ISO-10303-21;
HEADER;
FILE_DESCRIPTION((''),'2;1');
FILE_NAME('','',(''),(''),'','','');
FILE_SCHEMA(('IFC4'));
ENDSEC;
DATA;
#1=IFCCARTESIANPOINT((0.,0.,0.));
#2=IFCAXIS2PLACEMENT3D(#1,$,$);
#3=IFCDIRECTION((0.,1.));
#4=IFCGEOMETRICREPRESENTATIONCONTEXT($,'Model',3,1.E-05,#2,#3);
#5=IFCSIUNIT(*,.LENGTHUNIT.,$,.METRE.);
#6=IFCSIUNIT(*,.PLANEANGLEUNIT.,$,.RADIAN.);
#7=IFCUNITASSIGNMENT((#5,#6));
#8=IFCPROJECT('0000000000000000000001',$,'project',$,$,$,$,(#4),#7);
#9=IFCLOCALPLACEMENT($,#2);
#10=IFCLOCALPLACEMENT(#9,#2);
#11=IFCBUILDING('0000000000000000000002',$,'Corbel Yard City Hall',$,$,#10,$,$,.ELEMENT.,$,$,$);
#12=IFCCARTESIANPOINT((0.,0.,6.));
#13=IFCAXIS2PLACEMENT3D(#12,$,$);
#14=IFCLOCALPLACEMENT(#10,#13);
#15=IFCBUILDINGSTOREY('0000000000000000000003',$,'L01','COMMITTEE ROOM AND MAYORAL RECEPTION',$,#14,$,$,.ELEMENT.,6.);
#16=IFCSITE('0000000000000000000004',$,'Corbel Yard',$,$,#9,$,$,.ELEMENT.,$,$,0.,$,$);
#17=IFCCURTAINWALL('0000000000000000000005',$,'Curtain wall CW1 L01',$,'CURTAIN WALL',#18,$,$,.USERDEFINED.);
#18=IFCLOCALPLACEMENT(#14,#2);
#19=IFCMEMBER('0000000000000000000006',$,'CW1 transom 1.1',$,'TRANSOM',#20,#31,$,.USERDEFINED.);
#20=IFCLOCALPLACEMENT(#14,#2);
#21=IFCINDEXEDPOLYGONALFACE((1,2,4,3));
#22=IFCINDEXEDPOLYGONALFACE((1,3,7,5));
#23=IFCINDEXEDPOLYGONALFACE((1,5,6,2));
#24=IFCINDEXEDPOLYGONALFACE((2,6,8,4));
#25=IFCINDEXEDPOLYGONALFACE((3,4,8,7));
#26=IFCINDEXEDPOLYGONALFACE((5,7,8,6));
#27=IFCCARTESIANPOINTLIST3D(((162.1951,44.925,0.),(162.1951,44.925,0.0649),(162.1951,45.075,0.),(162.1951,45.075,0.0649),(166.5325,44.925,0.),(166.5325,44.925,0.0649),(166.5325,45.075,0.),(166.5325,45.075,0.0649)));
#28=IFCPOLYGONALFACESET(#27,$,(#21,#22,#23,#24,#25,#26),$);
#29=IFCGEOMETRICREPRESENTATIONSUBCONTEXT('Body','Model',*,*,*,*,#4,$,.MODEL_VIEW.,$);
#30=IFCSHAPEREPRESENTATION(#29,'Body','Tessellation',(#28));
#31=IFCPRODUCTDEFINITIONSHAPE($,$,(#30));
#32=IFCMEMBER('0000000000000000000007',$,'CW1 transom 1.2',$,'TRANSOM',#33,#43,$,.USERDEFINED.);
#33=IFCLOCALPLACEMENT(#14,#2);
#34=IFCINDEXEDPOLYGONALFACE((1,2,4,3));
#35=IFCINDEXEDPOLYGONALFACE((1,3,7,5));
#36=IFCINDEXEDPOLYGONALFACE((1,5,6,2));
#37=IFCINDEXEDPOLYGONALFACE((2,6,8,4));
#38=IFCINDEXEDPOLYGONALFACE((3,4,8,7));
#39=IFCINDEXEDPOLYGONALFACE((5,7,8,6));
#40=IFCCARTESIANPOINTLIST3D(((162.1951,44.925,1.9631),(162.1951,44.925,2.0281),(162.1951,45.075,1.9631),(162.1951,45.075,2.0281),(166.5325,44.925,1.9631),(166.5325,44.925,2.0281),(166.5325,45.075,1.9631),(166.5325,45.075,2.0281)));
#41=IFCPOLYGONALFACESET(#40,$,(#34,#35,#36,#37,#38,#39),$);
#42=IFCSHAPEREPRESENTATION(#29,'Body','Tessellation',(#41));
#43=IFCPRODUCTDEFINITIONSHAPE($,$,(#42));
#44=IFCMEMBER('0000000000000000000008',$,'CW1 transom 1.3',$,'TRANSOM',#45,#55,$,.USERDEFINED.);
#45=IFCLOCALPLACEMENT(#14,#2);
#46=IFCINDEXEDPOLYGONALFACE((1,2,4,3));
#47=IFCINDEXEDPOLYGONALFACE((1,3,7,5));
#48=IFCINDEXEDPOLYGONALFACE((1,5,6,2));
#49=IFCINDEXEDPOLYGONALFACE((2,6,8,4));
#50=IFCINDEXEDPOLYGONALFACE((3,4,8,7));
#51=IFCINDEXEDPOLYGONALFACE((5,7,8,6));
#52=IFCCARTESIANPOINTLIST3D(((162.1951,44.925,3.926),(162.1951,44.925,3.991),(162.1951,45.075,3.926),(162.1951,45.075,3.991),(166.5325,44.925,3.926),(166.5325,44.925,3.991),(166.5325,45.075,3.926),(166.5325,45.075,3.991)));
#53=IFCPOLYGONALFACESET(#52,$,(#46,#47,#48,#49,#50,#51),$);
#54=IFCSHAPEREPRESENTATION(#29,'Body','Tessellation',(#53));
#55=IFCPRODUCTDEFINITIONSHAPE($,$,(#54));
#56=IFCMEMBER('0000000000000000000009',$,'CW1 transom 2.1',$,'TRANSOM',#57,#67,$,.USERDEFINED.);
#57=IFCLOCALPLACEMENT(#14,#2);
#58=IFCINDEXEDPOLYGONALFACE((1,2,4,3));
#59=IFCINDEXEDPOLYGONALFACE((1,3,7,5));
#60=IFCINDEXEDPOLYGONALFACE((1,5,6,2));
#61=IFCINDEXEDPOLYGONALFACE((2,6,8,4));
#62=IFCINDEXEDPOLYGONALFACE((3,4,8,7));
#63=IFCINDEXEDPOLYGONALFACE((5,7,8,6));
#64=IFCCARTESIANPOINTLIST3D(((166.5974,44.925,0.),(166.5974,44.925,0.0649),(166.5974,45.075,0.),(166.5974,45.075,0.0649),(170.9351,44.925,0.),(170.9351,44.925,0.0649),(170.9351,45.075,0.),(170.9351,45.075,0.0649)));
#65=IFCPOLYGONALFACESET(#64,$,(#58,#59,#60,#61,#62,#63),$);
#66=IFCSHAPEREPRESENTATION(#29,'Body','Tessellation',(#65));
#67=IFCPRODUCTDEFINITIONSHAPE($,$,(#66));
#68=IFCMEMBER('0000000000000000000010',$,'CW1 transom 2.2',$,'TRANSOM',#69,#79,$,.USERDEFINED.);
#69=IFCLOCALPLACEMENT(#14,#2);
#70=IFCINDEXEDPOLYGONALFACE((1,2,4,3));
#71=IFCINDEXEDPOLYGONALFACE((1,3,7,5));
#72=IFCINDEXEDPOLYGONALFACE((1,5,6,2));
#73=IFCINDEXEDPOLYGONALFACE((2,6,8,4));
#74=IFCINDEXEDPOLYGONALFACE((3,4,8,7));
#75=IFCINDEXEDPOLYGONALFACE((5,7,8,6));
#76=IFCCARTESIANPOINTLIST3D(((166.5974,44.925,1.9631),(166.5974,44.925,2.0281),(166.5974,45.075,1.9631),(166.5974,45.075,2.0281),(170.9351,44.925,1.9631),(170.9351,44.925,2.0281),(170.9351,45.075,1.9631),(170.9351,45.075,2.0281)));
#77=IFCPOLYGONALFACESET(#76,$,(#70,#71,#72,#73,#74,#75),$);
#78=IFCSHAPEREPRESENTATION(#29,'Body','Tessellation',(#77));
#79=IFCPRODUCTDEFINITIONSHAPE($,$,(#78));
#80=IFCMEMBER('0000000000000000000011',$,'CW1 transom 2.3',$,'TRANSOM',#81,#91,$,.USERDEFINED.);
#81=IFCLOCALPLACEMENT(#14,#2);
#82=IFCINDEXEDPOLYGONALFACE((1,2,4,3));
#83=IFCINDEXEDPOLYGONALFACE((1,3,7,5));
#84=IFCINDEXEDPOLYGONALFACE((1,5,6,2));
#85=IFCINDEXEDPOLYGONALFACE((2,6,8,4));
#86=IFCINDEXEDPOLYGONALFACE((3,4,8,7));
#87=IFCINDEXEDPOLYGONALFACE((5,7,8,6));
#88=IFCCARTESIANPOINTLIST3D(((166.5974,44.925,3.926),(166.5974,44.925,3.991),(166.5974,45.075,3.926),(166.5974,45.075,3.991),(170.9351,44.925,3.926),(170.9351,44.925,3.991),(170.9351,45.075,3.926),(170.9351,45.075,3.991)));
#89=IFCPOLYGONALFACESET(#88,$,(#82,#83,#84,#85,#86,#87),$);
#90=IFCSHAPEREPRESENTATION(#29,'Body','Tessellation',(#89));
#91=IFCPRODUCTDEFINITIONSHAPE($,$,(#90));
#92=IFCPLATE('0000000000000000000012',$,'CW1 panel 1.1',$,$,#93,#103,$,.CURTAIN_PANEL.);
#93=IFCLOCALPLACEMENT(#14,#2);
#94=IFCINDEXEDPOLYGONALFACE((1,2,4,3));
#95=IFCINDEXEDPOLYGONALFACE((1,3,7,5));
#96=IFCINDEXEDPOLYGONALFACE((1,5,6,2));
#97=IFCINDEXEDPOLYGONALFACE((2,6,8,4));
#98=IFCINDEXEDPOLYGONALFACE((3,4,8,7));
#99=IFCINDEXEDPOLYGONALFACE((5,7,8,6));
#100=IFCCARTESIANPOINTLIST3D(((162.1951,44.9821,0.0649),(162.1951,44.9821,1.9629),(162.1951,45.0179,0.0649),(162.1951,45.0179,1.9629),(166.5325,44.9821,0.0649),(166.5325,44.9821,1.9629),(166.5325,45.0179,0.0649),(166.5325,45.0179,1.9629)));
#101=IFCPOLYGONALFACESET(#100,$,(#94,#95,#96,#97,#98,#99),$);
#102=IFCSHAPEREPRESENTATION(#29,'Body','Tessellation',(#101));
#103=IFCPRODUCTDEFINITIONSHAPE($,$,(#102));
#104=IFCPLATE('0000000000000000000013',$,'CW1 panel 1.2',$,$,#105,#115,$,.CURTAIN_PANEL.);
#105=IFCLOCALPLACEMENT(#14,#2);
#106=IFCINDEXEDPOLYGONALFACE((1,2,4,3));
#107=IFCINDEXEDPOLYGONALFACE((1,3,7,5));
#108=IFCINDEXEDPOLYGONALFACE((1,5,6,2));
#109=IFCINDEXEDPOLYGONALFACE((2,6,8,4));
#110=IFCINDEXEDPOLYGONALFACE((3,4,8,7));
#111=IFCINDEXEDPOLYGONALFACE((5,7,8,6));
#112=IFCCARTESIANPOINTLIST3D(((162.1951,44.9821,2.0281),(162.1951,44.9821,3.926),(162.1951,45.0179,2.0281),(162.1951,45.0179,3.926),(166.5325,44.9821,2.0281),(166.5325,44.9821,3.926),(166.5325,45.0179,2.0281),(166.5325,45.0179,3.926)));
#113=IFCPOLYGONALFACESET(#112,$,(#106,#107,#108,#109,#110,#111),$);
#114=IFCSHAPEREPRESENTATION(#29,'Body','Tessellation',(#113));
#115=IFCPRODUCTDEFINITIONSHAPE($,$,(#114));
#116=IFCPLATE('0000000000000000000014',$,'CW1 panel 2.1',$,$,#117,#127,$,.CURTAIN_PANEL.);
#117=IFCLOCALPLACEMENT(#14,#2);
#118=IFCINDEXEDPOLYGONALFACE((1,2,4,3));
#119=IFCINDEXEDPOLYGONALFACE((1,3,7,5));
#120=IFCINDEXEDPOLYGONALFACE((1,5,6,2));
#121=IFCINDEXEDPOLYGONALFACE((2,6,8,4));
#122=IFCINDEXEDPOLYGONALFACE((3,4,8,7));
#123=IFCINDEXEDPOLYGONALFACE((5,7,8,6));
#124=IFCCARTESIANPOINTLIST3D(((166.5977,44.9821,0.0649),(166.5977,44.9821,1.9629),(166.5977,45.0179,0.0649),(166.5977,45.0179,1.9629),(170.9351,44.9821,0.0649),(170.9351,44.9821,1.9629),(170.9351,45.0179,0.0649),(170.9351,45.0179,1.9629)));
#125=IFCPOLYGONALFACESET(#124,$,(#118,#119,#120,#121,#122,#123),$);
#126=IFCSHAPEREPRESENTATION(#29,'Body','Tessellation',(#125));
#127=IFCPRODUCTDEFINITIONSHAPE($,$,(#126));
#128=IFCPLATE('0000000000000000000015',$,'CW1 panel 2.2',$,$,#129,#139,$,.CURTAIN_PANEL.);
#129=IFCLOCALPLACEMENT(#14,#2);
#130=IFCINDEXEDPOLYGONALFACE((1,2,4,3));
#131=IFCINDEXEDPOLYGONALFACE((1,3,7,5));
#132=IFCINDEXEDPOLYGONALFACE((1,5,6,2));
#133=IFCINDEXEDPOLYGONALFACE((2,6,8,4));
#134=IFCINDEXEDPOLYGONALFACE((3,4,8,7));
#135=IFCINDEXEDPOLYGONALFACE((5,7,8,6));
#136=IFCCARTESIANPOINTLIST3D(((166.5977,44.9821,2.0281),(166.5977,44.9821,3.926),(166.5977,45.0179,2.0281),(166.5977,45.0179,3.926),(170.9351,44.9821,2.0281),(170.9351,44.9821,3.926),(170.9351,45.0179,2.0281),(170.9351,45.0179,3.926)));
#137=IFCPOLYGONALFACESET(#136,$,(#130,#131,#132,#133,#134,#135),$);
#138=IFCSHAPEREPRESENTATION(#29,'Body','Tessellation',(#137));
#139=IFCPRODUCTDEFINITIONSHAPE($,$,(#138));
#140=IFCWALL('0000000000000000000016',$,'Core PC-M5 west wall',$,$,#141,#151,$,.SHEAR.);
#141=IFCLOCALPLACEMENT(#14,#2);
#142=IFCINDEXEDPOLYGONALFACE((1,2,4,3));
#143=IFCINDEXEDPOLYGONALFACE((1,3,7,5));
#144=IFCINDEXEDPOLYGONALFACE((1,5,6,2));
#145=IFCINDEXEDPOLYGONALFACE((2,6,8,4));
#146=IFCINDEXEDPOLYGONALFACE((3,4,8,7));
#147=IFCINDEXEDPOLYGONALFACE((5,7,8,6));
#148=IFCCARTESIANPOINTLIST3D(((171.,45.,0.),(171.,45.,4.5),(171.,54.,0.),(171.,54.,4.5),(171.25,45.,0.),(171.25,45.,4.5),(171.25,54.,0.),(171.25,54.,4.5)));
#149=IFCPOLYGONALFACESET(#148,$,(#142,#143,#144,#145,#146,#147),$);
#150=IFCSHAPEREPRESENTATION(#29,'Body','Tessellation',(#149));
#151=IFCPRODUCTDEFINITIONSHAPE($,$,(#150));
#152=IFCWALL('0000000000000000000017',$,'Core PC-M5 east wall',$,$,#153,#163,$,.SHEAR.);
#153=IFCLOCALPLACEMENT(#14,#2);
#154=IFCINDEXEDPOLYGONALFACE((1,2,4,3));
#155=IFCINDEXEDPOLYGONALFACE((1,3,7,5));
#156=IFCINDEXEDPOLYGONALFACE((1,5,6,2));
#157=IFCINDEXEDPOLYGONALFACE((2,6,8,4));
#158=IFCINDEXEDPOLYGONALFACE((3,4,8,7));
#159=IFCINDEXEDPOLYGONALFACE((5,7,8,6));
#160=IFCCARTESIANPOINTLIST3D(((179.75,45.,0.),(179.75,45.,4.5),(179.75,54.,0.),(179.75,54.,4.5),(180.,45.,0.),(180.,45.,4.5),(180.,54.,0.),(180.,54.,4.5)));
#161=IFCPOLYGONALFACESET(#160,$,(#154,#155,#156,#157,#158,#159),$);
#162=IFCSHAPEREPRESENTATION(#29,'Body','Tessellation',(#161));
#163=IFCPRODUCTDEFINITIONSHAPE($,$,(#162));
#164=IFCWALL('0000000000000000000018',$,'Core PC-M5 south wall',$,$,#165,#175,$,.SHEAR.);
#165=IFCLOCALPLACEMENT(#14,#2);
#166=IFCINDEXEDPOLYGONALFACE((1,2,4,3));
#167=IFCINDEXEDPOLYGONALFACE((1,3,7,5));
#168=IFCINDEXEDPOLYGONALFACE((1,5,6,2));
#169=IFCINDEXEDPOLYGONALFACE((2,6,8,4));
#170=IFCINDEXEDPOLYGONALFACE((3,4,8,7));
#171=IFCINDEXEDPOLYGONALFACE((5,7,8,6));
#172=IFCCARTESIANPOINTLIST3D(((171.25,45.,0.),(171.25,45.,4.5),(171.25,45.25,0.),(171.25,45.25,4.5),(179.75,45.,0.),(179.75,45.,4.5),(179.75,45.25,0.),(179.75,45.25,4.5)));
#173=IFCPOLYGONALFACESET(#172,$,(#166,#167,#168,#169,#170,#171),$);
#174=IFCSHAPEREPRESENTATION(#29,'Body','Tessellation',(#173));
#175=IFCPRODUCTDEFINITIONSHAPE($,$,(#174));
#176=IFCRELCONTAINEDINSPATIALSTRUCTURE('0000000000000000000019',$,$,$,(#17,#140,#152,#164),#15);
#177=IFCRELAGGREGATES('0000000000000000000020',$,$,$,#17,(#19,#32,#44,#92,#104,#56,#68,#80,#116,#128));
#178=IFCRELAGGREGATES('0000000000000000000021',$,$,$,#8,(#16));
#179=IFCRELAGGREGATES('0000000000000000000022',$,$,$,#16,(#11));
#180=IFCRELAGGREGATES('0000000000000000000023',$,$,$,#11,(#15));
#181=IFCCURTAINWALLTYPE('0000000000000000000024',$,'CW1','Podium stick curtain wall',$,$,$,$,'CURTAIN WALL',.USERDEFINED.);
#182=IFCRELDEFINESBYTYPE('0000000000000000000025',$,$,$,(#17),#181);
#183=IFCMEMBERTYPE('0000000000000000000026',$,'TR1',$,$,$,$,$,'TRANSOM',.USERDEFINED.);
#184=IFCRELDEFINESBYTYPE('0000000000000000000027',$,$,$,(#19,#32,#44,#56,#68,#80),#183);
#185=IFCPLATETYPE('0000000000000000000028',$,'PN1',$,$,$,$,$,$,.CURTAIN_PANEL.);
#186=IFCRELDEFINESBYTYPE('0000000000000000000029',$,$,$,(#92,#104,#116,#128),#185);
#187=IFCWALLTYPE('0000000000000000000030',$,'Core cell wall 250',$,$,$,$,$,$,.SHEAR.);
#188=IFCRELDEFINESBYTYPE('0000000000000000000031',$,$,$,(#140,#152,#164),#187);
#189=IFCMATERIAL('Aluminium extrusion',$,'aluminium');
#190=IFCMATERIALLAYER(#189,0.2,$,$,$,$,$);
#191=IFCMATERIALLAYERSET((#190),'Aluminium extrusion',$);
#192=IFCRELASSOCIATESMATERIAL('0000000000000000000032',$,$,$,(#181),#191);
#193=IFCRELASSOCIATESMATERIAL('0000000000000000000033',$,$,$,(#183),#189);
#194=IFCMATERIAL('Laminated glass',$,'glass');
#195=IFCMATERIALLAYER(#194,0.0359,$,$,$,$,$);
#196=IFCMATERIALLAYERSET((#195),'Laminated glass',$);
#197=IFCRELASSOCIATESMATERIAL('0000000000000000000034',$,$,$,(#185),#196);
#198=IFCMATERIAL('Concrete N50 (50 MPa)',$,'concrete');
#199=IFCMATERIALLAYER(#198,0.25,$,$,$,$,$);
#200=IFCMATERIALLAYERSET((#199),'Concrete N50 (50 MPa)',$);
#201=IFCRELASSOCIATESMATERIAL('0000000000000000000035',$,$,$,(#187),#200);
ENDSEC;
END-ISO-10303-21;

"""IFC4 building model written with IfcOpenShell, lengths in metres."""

from ifc_helpers import new_model, si_unit, direction, frame, frame_2d, origin, origin_2d, place, context, subcontext, project, spatial, rectangle, extrude, material, layer, layer_set, material_profile, profile_set, type_object, element, aggregate, save


model = new_model("IFC4")

# Units and contexts
model_context = context("Model", 3, precision=1e-05, world=origin(), true_north=direction((0.0, 1.0)))
body_context = subcontext(model_context, "Body", "Model", "MODEL_VIEW")
ifc_project = project(units=[si_unit("LENGTHUNIT", "METRE"), si_unit("PLANEANGLEUNIT", "RADIAN")], contexts=[model_context])

# Site, building, storey
site_placement = place(None, origin())
site = spatial("IfcSite", under=ifc_project, at=site_placement, Name="Corbel Yard", CompositionType="ELEMENT", RefElevation=0.0)
building_placement = place(site_placement, origin())
building = spatial("IfcBuilding", under=site, at=building_placement, Name="Corbel Yard City Hall", CompositionType="ELEMENT")
storey_placement = place(building_placement, frame((0.0, 0.0, 6.0)))
storey = spatial("IfcBuildingStorey", under=building, at=storey_placement, Name="L01", Description="COMMITTEE ROOM AND MAYORAL RECEPTION", CompositionType="ELEMENT", Elevation=6.0)

# Curtain wall
ifc_material_1 = material(Name="Aluminium extrusion", Category="aluminium")
ifc_layer_1 = layer(ifc_material_1, 0.2)
ifc_layer_set_1 = layer_set([ifc_layer_1], Name="Aluminium extrusion")
curtain_wall_type = type_object("IfcCurtainWallType", Name="CW1", Description="Podium stick curtain wall", ElementType="CURTAIN WALL", PredefinedType="USERDEFINED", material=ifc_layer_set_1)
curtain_wall_placement = place(storey_placement, origin())
curtain_wall = element("IfcCurtainWall", 1, at=curtain_wall_placement, inside=storey, type_object=curtain_wall_type, Name="Curtain wall CW1 L01", ObjectType="CURTAIN WALL", PredefinedType="USERDEFINED")

# Members
ifc_material_profile_1 = material_profile(ifc_material_1, rectangle(XDim=0.1499, YDim=0.0649, at=origin_2d()), Name="150x65")
ifc_profile_set_1 = profile_set([ifc_material_profile_1], Name="Aluminium extrusion")
member_type_1 = type_object("IfcMemberType", Name="TR1", ElementType="TRANSOM", PredefinedType="USERDEFINED", material=ifc_profile_set_1)
member_1_placement = place(storey_placement, frame((162.1951, 45.0, 0.0325), z_axis=(1.0, 0.0, 0.0), x_axis=(0.0, 1.0, 0.0)))
member_1 = element("IfcMember", 2, at=member_1_placement, type_object=member_type_1, Name="CW1 transom 1.1", ObjectType="TRANSOM", PredefinedType="USERDEFINED", context=body_context, shape_type="SweptSolid", body=[
    extrude(rectangle(XDim=0.1499, YDim=0.0649, at=origin_2d()), origin(), (0.0, 0.0, 1.0), 4.3374),
])
member_2_placement = place(storey_placement, frame((162.1951, 45.0, 1.9956), z_axis=(1.0, 0.0, 0.0), x_axis=(0.0, 1.0, 0.0)))
member_2 = element("IfcMember", 3, at=member_2_placement, type_object=member_type_1, Name="CW1 transom 1.2", ObjectType="TRANSOM", PredefinedType="USERDEFINED", context=body_context, shape_type="SweptSolid", body=[
    extrude(rectangle(XDim=0.1499, YDim=0.0649, at=origin_2d()), origin(), (0.0, 0.0, 1.0), 4.3374),
])
member_3_placement = place(storey_placement, frame((162.1951, 45.0, 3.9585), z_axis=(1.0, 0.0, 0.0), x_axis=(0.0, 1.0, 0.0)))
member_3 = element("IfcMember", 4, at=member_3_placement, type_object=member_type_1, Name="CW1 transom 1.3", ObjectType="TRANSOM", PredefinedType="USERDEFINED", context=body_context, shape_type="SweptSolid", body=[
    extrude(rectangle(XDim=0.1499, YDim=0.0649, at=origin_2d()), origin(), (0.0, 0.0, 1.0), 4.3374),
])
member_4_placement = place(storey_placement, frame((166.5974, 45.0, 0.0325), z_axis=(1.0, 0.0, 0.0), x_axis=(0.0, 1.0, 0.0)))
member_4 = element("IfcMember", 5, at=member_4_placement, type_object=member_type_1, Name="CW1 transom 2.1", ObjectType="TRANSOM", PredefinedType="USERDEFINED", context=body_context, shape_type="SweptSolid", body=[
    extrude(rectangle(XDim=0.1499, YDim=0.0649, at=origin_2d()), origin(), (0.0, 0.0, 1.0), 4.3376),
])
member_5_placement = place(storey_placement, frame((166.5974, 45.0, 1.9956), z_axis=(1.0, 0.0, 0.0), x_axis=(0.0, 1.0, 0.0)))
member_5 = element("IfcMember", 6, at=member_5_placement, type_object=member_type_1, Name="CW1 transom 2.2", ObjectType="TRANSOM", PredefinedType="USERDEFINED", context=body_context, shape_type="SweptSolid", body=[
    extrude(rectangle(XDim=0.1499, YDim=0.0649, at=origin_2d()), origin(), (0.0, 0.0, 1.0), 4.3376),
])
member_6_placement = place(storey_placement, frame((166.5974, 45.0, 3.9585), z_axis=(1.0, 0.0, 0.0), x_axis=(0.0, 1.0, 0.0)))
member_6 = element("IfcMember", 7, at=member_6_placement, type_object=member_type_1, Name="CW1 transom 2.3", ObjectType="TRANSOM", PredefinedType="USERDEFINED", context=body_context, shape_type="SweptSolid", body=[
    extrude(rectangle(XDim=0.1499, YDim=0.0649, at=origin_2d()), origin(), (0.0, 0.0, 1.0), 4.3376),
])

# Plates
ifc_material_2 = material(Name="Laminated glass", Category="glass")
ifc_layer_2 = layer(ifc_material_2, 0.0359)
ifc_layer_set_2 = layer_set([ifc_layer_2], Name="Laminated glass")
plate_type = type_object("IfcPlateType", Name="PN1", PredefinedType="CURTAIN_PANEL", material=ifc_layer_set_2)
plate_1_placement = place(storey_placement, frame((164.3638, 45.0, 0.0649), z_axis=(0.0, 0.0, 1.0), x_axis=(1.0, 0.0, 0.0)))
plate_1 = element("IfcPlate", 8, at=plate_1_placement, type_object=plate_type, Name="CW1 panel 1.1", PredefinedType="CURTAIN_PANEL", context=body_context, shape_type="SweptSolid", body=[
    extrude(rectangle(XDim=4.3374, YDim=0.0359, at=origin_2d()), origin(), (0.0, 0.0, 1.0), 1.8979),
])
plate_2_placement = place(storey_placement, frame((164.3638, 45.0, 2.0281), z_axis=(0.0, 0.0, 1.0), x_axis=(1.0, 0.0, 0.0)))
plate_2 = element("IfcPlate", 9, at=plate_2_placement, type_object=plate_type, Name="CW1 panel 1.2", PredefinedType="CURTAIN_PANEL", context=body_context, shape_type="SweptSolid", body=[
    extrude(rectangle(XDim=4.3374, YDim=0.0359, at=origin_2d()), origin(), (0.0, 0.0, 1.0), 1.8979),
])
plate_3_placement = place(storey_placement, frame((168.7664, 45.0, 0.0649), z_axis=(0.0, 0.0, 1.0), x_axis=(1.0, 0.0, 0.0)))
plate_3 = element("IfcPlate", 10, at=plate_3_placement, type_object=plate_type, Name="CW1 panel 2.1", PredefinedType="CURTAIN_PANEL", context=body_context, shape_type="SweptSolid", body=[
    extrude(rectangle(XDim=4.3374, YDim=0.0359, at=origin_2d()), origin(), (0.0, 0.0, 1.0), 1.8979),
])
plate_4_placement = place(storey_placement, frame((168.7664, 45.0, 2.0281), z_axis=(0.0, 0.0, 1.0), x_axis=(1.0, 0.0, 0.0)))
plate_4 = element("IfcPlate", 11, at=plate_4_placement, type_object=plate_type, Name="CW1 panel 2.2", PredefinedType="CURTAIN_PANEL", context=body_context, shape_type="SweptSolid", body=[
    extrude(rectangle(XDim=4.3374, YDim=0.0359, at=origin_2d()), origin(), (0.0, 0.0, 1.0), 1.8979),
])
aggregate(curtain_wall, [member_1, member_2, member_3, plate_1, plate_2, member_4, member_5, member_6, plate_3, plate_4])

# Walls
ifc_material_3 = material(Name="Concrete N50 (50 MPa)", Category="concrete")
ifc_layer_3 = layer(ifc_material_3, 0.25)
ifc_layer_set_3 = layer_set([ifc_layer_3], Name="Concrete N50 (50 MPa)")
wall_type_1 = type_object("IfcWallType", Name="Core cell wall 250", PredefinedType="SHEAR", material=ifc_layer_set_3)
for number, where, z_axis, x_axis, name in (
    (12, (171.125, 45.0, 0.0), (0.0, 0.0, 1.0), (0.0, 1.0, 0.0), "Core PC-M5 west wall"),
    (13, (179.875, 45.0, 0.0), (0.0, 0.0, 1.0), (0.0, 1.0, 0.0), "Core PC-M5 east wall"),
):
    element("IfcWall", number, at=place(storey_placement, frame(where, z_axis=z_axis, x_axis=x_axis)), inside=storey, type_object=wall_type_1, Name=name, PredefinedType="SHEAR", context=body_context, shape_type="SweptSolid", body=[
        extrude(rectangle(XDim=9.0, YDim=0.25, at=frame_2d((4.5, 0.0))), origin(), (0.0, 0.0, 1.0), 4.5),
    ])
wall_1_placement = place(storey_placement, frame((171.25, 45.125, 0.0), z_axis=(0.0, 0.0, 1.0), x_axis=(1.0, 0.0, 0.0)))
element("IfcWall", 14, at=wall_1_placement, inside=storey, type_object=wall_type_1, Name="Core PC-M5 south wall", PredefinedType="SHEAR", context=body_context, shape_type="SweptSolid", body=[
    extrude(rectangle(XDim=8.5, YDim=0.25, at=frame_2d((4.25, 0.0))), origin(), (0.0, 0.0, 1.0), 4.5),
])

save(model, "model.ifc")
